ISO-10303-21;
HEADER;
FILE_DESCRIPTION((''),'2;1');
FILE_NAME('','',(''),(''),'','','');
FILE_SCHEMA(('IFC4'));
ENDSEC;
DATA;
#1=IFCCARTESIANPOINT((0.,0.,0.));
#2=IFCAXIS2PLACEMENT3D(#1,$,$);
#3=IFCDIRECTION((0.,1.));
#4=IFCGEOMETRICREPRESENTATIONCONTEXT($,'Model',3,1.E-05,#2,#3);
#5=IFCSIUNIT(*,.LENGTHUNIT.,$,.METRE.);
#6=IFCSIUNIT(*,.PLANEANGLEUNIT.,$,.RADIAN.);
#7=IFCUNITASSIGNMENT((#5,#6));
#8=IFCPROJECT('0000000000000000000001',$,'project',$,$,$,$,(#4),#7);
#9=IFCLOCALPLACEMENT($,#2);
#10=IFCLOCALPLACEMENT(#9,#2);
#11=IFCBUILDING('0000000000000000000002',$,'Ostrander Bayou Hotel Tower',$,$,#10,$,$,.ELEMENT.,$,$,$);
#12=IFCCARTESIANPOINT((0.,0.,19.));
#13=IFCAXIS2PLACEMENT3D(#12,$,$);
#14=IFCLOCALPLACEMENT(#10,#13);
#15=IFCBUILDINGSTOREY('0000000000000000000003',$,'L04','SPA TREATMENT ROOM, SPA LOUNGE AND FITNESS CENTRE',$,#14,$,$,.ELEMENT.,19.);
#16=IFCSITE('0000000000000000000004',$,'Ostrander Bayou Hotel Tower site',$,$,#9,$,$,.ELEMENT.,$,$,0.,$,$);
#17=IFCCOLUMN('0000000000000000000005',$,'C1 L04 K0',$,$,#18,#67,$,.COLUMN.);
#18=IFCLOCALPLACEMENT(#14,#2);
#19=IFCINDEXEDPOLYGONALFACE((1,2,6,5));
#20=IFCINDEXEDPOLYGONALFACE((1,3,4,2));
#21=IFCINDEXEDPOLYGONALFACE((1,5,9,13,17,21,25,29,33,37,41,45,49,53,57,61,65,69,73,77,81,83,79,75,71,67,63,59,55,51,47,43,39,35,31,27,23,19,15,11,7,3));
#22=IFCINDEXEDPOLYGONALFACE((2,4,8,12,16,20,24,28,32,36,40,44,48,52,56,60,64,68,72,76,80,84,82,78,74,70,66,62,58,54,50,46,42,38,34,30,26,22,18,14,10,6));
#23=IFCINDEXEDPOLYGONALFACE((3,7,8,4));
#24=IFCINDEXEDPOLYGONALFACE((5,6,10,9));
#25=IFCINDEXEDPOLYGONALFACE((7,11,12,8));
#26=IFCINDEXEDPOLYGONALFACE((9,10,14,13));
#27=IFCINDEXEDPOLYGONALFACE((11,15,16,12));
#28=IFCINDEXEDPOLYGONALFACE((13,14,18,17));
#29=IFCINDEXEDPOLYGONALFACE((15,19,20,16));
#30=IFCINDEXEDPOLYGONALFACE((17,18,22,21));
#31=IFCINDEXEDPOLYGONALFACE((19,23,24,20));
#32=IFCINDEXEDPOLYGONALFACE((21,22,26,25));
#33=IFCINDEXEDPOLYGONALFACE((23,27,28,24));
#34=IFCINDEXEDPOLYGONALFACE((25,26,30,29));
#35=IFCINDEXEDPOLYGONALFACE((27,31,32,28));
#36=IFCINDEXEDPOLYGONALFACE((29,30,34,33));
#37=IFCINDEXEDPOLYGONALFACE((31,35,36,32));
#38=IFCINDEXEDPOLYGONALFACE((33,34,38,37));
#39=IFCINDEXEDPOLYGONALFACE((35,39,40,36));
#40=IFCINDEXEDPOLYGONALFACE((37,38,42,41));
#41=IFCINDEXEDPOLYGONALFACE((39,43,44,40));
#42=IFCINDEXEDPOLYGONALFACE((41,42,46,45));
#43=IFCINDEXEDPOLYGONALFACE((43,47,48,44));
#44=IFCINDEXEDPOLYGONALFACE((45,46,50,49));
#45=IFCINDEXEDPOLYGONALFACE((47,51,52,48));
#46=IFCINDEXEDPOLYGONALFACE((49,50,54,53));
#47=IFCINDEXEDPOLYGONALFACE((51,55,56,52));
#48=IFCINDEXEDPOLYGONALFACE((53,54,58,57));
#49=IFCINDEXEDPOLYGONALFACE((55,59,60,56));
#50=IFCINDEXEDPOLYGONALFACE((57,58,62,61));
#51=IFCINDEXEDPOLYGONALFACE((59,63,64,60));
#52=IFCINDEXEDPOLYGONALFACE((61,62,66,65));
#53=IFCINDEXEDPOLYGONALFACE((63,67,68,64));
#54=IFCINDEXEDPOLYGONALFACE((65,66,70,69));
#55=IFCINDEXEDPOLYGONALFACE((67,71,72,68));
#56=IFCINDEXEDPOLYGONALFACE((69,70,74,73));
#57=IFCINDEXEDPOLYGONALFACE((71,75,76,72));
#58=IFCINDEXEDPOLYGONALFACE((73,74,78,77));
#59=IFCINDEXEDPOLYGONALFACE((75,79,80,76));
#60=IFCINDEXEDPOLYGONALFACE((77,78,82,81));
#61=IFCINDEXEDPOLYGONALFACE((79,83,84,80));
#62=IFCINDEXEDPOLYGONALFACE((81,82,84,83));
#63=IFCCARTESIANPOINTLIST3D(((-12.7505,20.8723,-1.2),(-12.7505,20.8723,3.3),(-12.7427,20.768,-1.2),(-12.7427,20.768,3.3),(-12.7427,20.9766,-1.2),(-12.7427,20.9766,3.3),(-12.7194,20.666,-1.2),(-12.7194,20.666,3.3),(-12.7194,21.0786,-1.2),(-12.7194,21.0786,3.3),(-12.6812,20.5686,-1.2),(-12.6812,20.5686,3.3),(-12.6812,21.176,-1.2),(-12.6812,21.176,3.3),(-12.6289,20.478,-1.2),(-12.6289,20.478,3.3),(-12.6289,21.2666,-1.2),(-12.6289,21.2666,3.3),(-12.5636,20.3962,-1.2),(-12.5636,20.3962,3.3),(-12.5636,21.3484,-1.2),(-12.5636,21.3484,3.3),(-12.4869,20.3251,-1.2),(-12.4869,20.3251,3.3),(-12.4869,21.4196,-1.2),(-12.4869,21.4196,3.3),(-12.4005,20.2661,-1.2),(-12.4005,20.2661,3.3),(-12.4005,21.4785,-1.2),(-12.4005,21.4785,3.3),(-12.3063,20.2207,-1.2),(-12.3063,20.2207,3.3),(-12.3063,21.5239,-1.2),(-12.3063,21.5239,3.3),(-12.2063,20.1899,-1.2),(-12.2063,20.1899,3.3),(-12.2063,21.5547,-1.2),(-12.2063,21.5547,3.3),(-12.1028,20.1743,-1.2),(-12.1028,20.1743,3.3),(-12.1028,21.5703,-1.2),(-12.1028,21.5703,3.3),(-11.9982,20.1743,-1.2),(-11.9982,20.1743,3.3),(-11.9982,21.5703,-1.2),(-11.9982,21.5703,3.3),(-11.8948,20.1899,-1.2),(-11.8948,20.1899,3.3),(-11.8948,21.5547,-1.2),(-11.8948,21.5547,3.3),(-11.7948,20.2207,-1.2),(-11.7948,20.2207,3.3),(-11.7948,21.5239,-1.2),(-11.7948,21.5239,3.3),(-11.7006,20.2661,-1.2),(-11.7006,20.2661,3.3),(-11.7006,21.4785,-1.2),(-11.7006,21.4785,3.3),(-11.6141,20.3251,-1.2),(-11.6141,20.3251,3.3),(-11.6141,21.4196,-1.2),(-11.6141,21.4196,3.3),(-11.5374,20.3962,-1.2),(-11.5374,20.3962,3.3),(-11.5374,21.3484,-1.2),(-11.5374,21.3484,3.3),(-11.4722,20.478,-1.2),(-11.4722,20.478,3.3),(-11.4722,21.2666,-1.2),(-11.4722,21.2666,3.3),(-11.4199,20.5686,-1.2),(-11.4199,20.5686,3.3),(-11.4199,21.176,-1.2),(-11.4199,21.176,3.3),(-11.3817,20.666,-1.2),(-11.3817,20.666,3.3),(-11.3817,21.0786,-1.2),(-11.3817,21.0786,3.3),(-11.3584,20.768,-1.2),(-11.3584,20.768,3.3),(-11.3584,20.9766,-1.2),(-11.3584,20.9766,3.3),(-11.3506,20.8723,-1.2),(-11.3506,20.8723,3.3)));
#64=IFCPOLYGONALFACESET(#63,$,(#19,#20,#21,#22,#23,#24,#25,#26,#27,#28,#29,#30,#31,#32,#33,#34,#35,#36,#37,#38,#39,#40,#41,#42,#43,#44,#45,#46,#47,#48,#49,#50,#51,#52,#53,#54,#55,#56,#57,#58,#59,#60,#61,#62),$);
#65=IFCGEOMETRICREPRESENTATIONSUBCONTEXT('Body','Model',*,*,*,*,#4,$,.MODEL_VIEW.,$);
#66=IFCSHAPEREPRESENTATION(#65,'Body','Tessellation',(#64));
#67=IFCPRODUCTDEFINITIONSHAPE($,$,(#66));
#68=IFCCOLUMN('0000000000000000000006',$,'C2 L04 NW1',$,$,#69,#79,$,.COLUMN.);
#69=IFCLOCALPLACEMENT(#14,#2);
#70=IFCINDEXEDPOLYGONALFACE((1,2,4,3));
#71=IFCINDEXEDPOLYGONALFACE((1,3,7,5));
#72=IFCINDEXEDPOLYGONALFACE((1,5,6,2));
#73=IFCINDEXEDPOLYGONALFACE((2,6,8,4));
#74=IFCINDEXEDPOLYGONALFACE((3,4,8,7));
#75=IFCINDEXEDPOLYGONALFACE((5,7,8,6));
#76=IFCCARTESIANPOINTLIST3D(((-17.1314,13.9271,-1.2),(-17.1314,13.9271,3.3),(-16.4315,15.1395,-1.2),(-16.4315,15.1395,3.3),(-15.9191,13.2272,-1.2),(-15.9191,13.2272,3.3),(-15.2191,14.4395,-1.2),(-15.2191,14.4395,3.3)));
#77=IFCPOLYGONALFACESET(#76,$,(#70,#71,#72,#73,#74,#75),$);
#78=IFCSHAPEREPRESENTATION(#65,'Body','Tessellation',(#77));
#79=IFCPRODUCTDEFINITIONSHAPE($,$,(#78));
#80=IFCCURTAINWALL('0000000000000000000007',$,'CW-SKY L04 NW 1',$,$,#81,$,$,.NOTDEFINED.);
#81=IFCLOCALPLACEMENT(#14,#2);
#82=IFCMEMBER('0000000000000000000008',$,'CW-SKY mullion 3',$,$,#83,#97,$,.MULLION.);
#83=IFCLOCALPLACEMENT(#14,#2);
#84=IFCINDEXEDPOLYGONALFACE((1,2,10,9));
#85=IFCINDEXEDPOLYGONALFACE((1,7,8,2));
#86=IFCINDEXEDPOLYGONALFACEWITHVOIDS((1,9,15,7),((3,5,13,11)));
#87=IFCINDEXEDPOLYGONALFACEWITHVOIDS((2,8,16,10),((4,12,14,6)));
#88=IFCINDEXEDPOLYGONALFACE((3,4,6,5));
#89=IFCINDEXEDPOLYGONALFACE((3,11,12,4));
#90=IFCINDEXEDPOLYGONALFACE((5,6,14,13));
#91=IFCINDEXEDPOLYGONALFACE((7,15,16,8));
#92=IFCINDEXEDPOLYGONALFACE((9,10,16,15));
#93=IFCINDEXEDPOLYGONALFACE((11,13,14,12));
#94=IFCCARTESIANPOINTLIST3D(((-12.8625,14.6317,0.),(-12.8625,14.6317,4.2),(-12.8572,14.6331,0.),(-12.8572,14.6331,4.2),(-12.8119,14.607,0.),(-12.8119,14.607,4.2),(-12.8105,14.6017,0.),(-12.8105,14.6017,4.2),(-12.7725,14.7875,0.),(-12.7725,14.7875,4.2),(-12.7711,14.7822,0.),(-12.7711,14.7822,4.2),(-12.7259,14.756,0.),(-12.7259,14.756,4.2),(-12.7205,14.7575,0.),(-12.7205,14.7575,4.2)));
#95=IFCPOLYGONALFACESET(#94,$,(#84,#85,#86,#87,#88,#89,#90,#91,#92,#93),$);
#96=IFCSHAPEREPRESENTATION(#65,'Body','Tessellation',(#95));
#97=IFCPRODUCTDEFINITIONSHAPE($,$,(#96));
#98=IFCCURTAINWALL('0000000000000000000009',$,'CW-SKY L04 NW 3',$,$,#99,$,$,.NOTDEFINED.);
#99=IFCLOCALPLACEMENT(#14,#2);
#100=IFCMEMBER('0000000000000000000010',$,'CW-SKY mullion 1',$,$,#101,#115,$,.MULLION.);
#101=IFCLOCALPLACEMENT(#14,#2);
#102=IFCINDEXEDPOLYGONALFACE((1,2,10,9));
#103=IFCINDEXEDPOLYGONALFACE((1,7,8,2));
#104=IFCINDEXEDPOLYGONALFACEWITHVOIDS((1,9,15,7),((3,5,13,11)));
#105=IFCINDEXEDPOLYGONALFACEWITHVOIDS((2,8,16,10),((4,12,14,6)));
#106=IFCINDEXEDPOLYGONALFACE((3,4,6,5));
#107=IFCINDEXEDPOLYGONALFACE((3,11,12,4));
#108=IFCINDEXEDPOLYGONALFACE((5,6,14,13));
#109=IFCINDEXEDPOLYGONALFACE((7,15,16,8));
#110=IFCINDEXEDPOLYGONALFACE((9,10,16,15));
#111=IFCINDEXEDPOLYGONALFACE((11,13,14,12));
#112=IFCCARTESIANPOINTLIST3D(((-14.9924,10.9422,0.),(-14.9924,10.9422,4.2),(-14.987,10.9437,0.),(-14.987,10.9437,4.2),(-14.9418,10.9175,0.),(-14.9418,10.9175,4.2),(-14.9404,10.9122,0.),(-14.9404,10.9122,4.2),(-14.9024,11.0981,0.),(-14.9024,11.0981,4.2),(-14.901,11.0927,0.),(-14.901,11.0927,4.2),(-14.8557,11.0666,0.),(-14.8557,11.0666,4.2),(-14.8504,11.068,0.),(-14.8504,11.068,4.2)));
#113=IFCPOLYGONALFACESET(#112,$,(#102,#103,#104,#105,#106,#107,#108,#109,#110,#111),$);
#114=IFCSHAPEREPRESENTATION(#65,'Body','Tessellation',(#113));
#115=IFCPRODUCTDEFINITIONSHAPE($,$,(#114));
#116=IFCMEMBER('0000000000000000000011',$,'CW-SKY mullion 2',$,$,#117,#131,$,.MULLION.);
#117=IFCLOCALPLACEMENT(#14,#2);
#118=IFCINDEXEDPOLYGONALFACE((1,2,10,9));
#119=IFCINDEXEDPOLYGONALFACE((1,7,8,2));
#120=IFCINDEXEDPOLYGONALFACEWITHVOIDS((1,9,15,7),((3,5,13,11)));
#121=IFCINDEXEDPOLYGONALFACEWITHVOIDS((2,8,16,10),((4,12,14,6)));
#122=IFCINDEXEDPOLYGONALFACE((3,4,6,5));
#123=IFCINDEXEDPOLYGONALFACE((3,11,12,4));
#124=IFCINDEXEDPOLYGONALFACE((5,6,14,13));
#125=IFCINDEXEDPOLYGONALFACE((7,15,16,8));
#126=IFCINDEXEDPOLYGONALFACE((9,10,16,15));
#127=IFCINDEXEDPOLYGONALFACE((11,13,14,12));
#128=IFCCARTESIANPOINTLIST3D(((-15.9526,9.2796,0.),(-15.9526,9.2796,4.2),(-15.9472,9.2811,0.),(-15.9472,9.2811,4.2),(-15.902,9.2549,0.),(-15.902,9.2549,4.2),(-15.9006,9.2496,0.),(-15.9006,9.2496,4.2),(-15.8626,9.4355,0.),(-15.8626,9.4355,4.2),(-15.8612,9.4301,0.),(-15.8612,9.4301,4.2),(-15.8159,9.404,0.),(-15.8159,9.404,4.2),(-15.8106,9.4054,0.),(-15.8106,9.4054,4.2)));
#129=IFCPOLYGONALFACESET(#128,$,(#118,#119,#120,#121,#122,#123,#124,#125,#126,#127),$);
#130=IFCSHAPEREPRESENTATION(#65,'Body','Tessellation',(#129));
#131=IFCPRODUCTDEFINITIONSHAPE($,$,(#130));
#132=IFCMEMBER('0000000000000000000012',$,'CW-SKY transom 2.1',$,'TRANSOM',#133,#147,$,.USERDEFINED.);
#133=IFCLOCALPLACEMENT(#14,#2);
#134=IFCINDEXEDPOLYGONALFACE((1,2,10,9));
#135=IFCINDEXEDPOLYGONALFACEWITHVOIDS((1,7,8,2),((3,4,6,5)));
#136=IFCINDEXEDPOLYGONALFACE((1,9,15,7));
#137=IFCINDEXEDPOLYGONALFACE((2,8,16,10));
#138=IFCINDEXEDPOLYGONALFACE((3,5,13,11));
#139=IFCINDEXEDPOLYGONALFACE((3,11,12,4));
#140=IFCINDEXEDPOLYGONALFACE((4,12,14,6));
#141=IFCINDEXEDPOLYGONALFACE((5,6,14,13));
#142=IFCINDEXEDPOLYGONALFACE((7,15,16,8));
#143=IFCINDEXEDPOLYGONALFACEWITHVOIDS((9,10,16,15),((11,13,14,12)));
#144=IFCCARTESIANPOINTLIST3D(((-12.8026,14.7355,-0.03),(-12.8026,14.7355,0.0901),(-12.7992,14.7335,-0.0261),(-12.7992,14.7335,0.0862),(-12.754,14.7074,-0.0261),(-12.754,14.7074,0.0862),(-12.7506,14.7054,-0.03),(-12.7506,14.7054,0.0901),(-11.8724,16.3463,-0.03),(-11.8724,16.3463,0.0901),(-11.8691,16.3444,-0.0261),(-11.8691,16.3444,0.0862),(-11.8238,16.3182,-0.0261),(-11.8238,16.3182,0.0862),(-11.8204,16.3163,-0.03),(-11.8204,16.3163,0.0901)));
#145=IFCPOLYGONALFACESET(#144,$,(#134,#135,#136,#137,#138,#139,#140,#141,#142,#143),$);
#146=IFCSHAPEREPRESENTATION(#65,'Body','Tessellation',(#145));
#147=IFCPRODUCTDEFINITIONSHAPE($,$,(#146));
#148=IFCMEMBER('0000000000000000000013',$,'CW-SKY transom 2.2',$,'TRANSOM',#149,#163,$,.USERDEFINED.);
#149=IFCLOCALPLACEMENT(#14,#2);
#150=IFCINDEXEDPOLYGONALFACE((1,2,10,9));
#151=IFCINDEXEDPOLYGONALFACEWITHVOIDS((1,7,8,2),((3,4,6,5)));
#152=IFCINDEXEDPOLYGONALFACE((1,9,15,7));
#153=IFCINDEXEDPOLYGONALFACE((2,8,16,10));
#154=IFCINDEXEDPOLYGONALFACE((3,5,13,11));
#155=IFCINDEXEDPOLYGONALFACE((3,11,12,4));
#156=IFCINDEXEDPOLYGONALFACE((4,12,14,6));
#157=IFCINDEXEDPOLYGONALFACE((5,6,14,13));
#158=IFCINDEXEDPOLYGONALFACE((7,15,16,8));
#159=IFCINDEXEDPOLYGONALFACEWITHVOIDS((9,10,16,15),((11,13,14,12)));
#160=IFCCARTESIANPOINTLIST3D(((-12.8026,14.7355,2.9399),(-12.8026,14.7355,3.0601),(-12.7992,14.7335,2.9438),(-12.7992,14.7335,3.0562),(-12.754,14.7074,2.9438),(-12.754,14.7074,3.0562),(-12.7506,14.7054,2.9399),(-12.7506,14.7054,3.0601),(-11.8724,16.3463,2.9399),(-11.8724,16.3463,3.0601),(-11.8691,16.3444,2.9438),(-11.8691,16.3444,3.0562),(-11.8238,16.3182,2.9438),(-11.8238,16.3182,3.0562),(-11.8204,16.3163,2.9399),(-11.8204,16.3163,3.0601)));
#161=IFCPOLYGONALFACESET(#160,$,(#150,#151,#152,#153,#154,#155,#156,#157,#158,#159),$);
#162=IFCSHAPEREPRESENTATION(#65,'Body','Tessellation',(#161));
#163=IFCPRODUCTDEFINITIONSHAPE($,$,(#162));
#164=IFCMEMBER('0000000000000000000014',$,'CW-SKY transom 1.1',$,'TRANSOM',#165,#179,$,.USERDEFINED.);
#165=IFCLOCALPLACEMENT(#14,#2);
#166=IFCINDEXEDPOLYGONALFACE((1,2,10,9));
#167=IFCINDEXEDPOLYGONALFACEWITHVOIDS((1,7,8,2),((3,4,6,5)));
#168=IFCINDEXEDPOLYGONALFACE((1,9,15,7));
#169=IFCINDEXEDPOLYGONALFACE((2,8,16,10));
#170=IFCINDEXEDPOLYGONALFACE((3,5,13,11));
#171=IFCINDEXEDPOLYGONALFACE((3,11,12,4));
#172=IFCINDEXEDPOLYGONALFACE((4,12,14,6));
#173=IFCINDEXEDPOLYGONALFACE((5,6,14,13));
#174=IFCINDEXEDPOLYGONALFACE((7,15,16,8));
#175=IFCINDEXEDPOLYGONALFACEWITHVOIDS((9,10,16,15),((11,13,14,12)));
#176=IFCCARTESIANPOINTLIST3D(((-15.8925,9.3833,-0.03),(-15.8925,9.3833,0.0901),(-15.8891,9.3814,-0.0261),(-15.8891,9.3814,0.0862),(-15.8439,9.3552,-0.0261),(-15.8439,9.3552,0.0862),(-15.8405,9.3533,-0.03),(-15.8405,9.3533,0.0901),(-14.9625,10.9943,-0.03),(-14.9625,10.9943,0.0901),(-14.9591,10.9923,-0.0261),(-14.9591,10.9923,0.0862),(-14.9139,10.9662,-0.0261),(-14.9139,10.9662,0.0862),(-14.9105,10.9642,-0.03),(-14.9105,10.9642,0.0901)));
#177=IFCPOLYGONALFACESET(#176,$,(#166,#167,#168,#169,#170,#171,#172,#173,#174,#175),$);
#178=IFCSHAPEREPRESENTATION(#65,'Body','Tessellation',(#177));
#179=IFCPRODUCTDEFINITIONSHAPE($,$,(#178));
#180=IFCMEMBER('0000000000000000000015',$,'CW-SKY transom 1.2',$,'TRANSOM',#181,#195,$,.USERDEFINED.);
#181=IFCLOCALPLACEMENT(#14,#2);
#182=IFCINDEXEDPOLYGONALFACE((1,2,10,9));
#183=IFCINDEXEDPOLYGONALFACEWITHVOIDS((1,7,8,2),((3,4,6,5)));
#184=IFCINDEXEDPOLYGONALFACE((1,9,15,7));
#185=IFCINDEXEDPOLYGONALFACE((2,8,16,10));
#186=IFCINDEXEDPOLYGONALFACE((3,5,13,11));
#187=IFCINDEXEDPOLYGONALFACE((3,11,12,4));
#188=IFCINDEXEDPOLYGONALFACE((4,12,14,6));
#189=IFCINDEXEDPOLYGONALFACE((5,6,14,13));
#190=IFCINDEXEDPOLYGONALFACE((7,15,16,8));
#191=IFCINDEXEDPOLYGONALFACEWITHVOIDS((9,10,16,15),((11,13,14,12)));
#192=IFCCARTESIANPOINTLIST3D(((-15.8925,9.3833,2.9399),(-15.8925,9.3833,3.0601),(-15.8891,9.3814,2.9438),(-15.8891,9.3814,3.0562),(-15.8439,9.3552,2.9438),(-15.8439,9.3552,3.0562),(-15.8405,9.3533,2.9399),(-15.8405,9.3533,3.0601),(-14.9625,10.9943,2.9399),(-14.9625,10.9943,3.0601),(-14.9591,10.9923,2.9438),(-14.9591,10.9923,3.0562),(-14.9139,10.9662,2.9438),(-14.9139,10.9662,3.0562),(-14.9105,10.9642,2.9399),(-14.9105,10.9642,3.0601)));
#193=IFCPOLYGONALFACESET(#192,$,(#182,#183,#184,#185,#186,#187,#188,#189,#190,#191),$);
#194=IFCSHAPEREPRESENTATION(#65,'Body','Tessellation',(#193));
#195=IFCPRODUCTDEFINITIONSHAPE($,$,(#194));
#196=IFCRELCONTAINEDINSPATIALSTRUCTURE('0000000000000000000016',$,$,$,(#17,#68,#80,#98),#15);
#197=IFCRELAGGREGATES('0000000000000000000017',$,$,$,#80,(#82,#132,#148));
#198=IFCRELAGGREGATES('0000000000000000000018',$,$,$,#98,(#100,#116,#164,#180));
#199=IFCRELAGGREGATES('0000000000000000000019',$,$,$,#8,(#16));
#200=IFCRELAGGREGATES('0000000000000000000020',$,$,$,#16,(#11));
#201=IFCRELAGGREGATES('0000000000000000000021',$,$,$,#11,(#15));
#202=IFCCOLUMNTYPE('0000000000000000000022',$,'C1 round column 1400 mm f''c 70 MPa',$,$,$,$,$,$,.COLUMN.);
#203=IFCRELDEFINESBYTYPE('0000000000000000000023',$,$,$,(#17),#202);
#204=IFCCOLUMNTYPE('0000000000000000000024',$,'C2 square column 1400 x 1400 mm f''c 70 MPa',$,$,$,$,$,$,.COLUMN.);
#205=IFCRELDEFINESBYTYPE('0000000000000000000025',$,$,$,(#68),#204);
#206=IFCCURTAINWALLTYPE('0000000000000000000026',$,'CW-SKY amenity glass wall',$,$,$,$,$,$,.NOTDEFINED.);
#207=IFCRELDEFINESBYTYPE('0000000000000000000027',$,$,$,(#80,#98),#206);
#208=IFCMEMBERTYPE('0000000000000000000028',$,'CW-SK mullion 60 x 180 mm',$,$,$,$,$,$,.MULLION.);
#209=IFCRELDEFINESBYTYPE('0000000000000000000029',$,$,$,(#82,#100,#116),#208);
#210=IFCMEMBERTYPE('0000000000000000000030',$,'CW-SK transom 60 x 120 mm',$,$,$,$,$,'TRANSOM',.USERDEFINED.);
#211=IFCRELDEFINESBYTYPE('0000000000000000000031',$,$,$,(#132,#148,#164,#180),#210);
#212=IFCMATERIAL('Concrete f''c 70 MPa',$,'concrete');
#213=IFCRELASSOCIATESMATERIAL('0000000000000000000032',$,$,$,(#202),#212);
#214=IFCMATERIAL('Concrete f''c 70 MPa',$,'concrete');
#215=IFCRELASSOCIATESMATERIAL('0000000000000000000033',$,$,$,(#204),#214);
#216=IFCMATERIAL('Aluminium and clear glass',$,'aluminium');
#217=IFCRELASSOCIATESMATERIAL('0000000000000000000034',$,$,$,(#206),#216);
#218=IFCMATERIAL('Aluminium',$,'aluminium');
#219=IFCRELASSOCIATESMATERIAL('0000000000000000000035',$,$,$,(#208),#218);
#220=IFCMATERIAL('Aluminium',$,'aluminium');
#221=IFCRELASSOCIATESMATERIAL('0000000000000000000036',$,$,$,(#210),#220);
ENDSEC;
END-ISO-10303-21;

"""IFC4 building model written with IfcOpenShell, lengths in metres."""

from ifc_helpers import new_model, si_unit, direction, frame, origin, origin_2d, place, context, subcontext, project, spatial, rectangle, hollow_rectangle, circle, extrude, material, material_profile, profile_set, type_object, element, aggregate, save


model = new_model("IFC4")

# Units and contexts
model_context = context("Model", 3, precision=1e-05, world=origin(), true_north=direction((0.0, 1.0)))
body_context = subcontext(model_context, "Body", "Model", "MODEL_VIEW")
ifc_project = project(units=[si_unit("LENGTHUNIT", "METRE"), si_unit("PLANEANGLEUNIT", "RADIAN")], contexts=[model_context])

# Site, building, storey
site_placement = place(None, origin())
site = spatial("IfcSite", under=ifc_project, at=site_placement, Name="Ostrander Bayou Hotel Tower site", CompositionType="ELEMENT", RefElevation=0.0)
building_placement = place(site_placement, origin())
building = spatial("IfcBuilding", under=site, at=building_placement, Name="Ostrander Bayou Hotel Tower", CompositionType="ELEMENT")
storey_placement = place(building_placement, frame((0.0, 0.0, 19.0)))
storey = spatial("IfcBuildingStorey", under=building, at=storey_placement, Name="L04", Description="SPA TREATMENT ROOM, SPA LOUNGE AND FITNESS CENTRE", CompositionType="ELEMENT", Elevation=19.0)

# Columns
ifc_material_1 = material(Name="Concrete f'c 70 MPa", Category="concrete")
ifc_material_profile_1 = material_profile(ifc_material_1, circle(Radius=0.7, at=origin_2d()))
ifc_profile_set_1 = profile_set([ifc_material_profile_1], Name="Concrete f'c 70 MPa")
column_type_1 = type_object("IfcColumnType", Name="C1 round column 1400 mm f'c 70 MPa", PredefinedType="COLUMN", material=ifc_profile_set_1)
column_1_placement = place(storey_placement, frame((-12.0505, 20.8723, -1.2), z_axis=(0.0, 0.0, 1.0), x_axis=(1.0, 0.0, 0.0)))
element("IfcColumn", 1, at=column_1_placement, inside=storey, type_object=column_type_1, Name="C1 L04 K0", PredefinedType="COLUMN", context=body_context, shape_type="SweptSolid", body=[
    extrude(circle(Radius=0.7, at=origin_2d()), origin(), (0.0, 0.0, 1.0), 4.5),
])
ifc_material_2 = material(Name="Concrete f'c 70 MPa", Category="concrete")
ifc_material_profile_2 = material_profile(ifc_material_2, rectangle(XDim=1.3999, YDim=1.3999, at=origin_2d()))
ifc_profile_set_2 = profile_set([ifc_material_profile_2], Name="Concrete f'c 70 MPa")
column_type_2 = type_object("IfcColumnType", Name="C2 square column 1400 x 1400 mm f'c 70 MPa", PredefinedType="COLUMN", material=ifc_profile_set_2)
column_2_placement = place(storey_placement, frame((-16.1753, 14.1833, -1.2), z_axis=(0.0, 0.0, 1.0), x_axis=(0.5, 0.866025, 0.0)))
element("IfcColumn", 2, at=column_2_placement, inside=storey, type_object=column_type_2, Name="C2 L04 NW1", PredefinedType="COLUMN", context=body_context, shape_type="SweptSolid", body=[
    extrude(rectangle(XDim=1.3999, YDim=1.3999, at=origin_2d()), origin(), (0.0, 0.0, 1.0), 4.5),
])

# Curtain wall, member
ifc_material_3 = material(Name="Aluminium and clear glass", Category="aluminium")
curtain_wall_type = type_object("IfcCurtainWallType", Name="CW-SKY amenity glass wall", PredefinedType="NOTDEFINED", material=ifc_material_3)
curtain_wall_1_placement = place(storey_placement, origin())
curtain_wall_1 = element("IfcCurtainWall", 3, at=curtain_wall_1_placement, inside=storey, type_object=curtain_wall_type, Name="CW-SKY L04 NW 1", PredefinedType="NOTDEFINED")
ifc_material_4 = material(Name="Aluminium", Category="aluminium")
ifc_material_profile_3 = material_profile(ifc_material_4, hollow_rectangle(XDim=0.0601, YDim=0.1799, WallThickness=0.0039, at=origin_2d()))
ifc_profile_set_3 = profile_set([ifc_material_profile_3], Name="Aluminium")
member_type_1 = type_object("IfcMemberType", Name="CW-SK mullion 60 x 180 mm", PredefinedType="MULLION", material=ifc_profile_set_3)
member_1_placement = place(storey_placement, frame((-12.7915, 14.6946, 0.0), z_axis=(0.0, 0.0, 1.0), x_axis=(0.866025, -0.5, 0.0)))
member_1 = element("IfcMember", 4, at=member_1_placement, type_object=member_type_1, Name="CW-SKY mullion 3", PredefinedType="MULLION", context=body_context, shape_type="SweptSolid", body=[
    extrude(hollow_rectangle(XDim=0.0601, YDim=0.1799, WallThickness=0.0039, at=origin_2d()), origin(), (0.0, 0.0, 1.0), 4.2),
])

# Curtain wall, members
curtain_wall_2_placement = place(storey_placement, origin())
curtain_wall_2 = element("IfcCurtainWall", 5, at=curtain_wall_2_placement, inside=storey, type_object=curtain_wall_type, Name="CW-SKY L04 NW 3", PredefinedType="NOTDEFINED")
member_2_placement = place(storey_placement, frame((-14.9214, 11.0051, 0.0), z_axis=(0.0, 0.0, 1.0), x_axis=(0.866025, -0.5, 0.0)))
member_2 = element("IfcMember", 6, at=member_2_placement, type_object=member_type_1, Name="CW-SKY mullion 1", PredefinedType="MULLION", context=body_context, shape_type="SweptSolid", body=[
    extrude(hollow_rectangle(XDim=0.0601, YDim=0.1799, WallThickness=0.0039, at=origin_2d()), origin(), (0.0, 0.0, 1.0), 4.2),
])
member_3_placement = place(storey_placement, frame((-15.8816, 9.3425, 0.0), z_axis=(0.0, 0.0, 1.0), x_axis=(0.866025, -0.5, 0.0)))
member_3 = element("IfcMember", 7, at=member_3_placement, type_object=member_type_1, Name="CW-SKY mullion 2", PredefinedType="MULLION", context=body_context, shape_type="SweptSolid", body=[
    extrude(hollow_rectangle(XDim=0.0601, YDim=0.1799, WallThickness=0.0039, at=origin_2d()), origin(), (0.0, 0.0, 1.0), 4.2),
])

# Members
ifc_material_5 = material(Name="Aluminium", Category="aluminium")
ifc_material_profile_4 = material_profile(ifc_material_5, hollow_rectangle(XDim=0.0601, YDim=0.1201, WallThickness=0.0039, at=origin_2d()))
ifc_profile_set_4 = profile_set([ifc_material_profile_4], Name="Aluminium")
member_type_2 = type_object("IfcMemberType", Name="CW-SK transom 60 x 120 mm", ElementType="TRANSOM", PredefinedType="USERDEFINED", material=ifc_profile_set_4)
member_4_placement = place(storey_placement, frame((-11.8464, 16.3313, 0.03), z_axis=(-0.500063, -0.865989, 0.0), x_axis=(0.865989, -0.500063, 0.0)))
member_4 = element("IfcMember", 8, at=member_4_placement, type_object=member_type_2, Name="CW-SKY transom 2.1", ObjectType="TRANSOM", PredefinedType="USERDEFINED", context=body_context, shape_type="SweptSolid", body=[
    extrude(hollow_rectangle(XDim=0.0601, YDim=0.1201, WallThickness=0.0039, at=origin_2d()), origin(), (0.0, 0.0, 1.0), 1.8601),
])
member_5_placement = place(storey_placement, frame((-11.8464, 16.3313, 3.0), z_axis=(-0.500063, -0.865989, 0.0), x_axis=(0.865989, -0.500063, 0.0)))
member_5 = element("IfcMember", 9, at=member_5_placement, type_object=member_type_2, Name="CW-SKY transom 2.2", ObjectType="TRANSOM", PredefinedType="USERDEFINED", context=body_context, shape_type="SweptSolid", body=[
    extrude(hollow_rectangle(XDim=0.0601, YDim=0.1201, WallThickness=0.0039, at=origin_2d()), origin(), (0.0, 0.0, 1.0), 1.8601),
])
member_6_placement = place(storey_placement, frame((-14.9365, 10.9792, 0.03), z_axis=(-0.499965, -0.866046, 0.0), x_axis=(0.866046, -0.499965, 0.0)))
member_6 = element("IfcMember", 10, at=member_6_placement, type_object=member_type_2, Name="CW-SKY transom 1.1", ObjectType="TRANSOM", PredefinedType="USERDEFINED", context=body_context, shape_type="SweptSolid", body=[
    extrude(hollow_rectangle(XDim=0.0601, YDim=0.1201, WallThickness=0.0039, at=origin_2d()), origin(), (0.0, 0.0, 1.0), 1.8601),
])
member_7_placement = place(storey_placement, frame((-14.9365, 10.9792, 3.0), z_axis=(-0.499965, -0.866046, 0.0), x_axis=(0.866046, -0.499965, 0.0)))
member_7 = element("IfcMember", 11, at=member_7_placement, type_object=member_type_2, Name="CW-SKY transom 1.2", ObjectType="TRANSOM", PredefinedType="USERDEFINED", context=body_context, shape_type="SweptSolid", body=[
    extrude(hollow_rectangle(XDim=0.0601, YDim=0.1201, WallThickness=0.0039, at=origin_2d()), origin(), (0.0, 0.0, 1.0), 1.8601),
])

aggregate(curtain_wall_1, [member_1, member_4, member_5])
aggregate(curtain_wall_2, [member_2, member_3, member_6, member_7])

save(model, "model.ifc")
